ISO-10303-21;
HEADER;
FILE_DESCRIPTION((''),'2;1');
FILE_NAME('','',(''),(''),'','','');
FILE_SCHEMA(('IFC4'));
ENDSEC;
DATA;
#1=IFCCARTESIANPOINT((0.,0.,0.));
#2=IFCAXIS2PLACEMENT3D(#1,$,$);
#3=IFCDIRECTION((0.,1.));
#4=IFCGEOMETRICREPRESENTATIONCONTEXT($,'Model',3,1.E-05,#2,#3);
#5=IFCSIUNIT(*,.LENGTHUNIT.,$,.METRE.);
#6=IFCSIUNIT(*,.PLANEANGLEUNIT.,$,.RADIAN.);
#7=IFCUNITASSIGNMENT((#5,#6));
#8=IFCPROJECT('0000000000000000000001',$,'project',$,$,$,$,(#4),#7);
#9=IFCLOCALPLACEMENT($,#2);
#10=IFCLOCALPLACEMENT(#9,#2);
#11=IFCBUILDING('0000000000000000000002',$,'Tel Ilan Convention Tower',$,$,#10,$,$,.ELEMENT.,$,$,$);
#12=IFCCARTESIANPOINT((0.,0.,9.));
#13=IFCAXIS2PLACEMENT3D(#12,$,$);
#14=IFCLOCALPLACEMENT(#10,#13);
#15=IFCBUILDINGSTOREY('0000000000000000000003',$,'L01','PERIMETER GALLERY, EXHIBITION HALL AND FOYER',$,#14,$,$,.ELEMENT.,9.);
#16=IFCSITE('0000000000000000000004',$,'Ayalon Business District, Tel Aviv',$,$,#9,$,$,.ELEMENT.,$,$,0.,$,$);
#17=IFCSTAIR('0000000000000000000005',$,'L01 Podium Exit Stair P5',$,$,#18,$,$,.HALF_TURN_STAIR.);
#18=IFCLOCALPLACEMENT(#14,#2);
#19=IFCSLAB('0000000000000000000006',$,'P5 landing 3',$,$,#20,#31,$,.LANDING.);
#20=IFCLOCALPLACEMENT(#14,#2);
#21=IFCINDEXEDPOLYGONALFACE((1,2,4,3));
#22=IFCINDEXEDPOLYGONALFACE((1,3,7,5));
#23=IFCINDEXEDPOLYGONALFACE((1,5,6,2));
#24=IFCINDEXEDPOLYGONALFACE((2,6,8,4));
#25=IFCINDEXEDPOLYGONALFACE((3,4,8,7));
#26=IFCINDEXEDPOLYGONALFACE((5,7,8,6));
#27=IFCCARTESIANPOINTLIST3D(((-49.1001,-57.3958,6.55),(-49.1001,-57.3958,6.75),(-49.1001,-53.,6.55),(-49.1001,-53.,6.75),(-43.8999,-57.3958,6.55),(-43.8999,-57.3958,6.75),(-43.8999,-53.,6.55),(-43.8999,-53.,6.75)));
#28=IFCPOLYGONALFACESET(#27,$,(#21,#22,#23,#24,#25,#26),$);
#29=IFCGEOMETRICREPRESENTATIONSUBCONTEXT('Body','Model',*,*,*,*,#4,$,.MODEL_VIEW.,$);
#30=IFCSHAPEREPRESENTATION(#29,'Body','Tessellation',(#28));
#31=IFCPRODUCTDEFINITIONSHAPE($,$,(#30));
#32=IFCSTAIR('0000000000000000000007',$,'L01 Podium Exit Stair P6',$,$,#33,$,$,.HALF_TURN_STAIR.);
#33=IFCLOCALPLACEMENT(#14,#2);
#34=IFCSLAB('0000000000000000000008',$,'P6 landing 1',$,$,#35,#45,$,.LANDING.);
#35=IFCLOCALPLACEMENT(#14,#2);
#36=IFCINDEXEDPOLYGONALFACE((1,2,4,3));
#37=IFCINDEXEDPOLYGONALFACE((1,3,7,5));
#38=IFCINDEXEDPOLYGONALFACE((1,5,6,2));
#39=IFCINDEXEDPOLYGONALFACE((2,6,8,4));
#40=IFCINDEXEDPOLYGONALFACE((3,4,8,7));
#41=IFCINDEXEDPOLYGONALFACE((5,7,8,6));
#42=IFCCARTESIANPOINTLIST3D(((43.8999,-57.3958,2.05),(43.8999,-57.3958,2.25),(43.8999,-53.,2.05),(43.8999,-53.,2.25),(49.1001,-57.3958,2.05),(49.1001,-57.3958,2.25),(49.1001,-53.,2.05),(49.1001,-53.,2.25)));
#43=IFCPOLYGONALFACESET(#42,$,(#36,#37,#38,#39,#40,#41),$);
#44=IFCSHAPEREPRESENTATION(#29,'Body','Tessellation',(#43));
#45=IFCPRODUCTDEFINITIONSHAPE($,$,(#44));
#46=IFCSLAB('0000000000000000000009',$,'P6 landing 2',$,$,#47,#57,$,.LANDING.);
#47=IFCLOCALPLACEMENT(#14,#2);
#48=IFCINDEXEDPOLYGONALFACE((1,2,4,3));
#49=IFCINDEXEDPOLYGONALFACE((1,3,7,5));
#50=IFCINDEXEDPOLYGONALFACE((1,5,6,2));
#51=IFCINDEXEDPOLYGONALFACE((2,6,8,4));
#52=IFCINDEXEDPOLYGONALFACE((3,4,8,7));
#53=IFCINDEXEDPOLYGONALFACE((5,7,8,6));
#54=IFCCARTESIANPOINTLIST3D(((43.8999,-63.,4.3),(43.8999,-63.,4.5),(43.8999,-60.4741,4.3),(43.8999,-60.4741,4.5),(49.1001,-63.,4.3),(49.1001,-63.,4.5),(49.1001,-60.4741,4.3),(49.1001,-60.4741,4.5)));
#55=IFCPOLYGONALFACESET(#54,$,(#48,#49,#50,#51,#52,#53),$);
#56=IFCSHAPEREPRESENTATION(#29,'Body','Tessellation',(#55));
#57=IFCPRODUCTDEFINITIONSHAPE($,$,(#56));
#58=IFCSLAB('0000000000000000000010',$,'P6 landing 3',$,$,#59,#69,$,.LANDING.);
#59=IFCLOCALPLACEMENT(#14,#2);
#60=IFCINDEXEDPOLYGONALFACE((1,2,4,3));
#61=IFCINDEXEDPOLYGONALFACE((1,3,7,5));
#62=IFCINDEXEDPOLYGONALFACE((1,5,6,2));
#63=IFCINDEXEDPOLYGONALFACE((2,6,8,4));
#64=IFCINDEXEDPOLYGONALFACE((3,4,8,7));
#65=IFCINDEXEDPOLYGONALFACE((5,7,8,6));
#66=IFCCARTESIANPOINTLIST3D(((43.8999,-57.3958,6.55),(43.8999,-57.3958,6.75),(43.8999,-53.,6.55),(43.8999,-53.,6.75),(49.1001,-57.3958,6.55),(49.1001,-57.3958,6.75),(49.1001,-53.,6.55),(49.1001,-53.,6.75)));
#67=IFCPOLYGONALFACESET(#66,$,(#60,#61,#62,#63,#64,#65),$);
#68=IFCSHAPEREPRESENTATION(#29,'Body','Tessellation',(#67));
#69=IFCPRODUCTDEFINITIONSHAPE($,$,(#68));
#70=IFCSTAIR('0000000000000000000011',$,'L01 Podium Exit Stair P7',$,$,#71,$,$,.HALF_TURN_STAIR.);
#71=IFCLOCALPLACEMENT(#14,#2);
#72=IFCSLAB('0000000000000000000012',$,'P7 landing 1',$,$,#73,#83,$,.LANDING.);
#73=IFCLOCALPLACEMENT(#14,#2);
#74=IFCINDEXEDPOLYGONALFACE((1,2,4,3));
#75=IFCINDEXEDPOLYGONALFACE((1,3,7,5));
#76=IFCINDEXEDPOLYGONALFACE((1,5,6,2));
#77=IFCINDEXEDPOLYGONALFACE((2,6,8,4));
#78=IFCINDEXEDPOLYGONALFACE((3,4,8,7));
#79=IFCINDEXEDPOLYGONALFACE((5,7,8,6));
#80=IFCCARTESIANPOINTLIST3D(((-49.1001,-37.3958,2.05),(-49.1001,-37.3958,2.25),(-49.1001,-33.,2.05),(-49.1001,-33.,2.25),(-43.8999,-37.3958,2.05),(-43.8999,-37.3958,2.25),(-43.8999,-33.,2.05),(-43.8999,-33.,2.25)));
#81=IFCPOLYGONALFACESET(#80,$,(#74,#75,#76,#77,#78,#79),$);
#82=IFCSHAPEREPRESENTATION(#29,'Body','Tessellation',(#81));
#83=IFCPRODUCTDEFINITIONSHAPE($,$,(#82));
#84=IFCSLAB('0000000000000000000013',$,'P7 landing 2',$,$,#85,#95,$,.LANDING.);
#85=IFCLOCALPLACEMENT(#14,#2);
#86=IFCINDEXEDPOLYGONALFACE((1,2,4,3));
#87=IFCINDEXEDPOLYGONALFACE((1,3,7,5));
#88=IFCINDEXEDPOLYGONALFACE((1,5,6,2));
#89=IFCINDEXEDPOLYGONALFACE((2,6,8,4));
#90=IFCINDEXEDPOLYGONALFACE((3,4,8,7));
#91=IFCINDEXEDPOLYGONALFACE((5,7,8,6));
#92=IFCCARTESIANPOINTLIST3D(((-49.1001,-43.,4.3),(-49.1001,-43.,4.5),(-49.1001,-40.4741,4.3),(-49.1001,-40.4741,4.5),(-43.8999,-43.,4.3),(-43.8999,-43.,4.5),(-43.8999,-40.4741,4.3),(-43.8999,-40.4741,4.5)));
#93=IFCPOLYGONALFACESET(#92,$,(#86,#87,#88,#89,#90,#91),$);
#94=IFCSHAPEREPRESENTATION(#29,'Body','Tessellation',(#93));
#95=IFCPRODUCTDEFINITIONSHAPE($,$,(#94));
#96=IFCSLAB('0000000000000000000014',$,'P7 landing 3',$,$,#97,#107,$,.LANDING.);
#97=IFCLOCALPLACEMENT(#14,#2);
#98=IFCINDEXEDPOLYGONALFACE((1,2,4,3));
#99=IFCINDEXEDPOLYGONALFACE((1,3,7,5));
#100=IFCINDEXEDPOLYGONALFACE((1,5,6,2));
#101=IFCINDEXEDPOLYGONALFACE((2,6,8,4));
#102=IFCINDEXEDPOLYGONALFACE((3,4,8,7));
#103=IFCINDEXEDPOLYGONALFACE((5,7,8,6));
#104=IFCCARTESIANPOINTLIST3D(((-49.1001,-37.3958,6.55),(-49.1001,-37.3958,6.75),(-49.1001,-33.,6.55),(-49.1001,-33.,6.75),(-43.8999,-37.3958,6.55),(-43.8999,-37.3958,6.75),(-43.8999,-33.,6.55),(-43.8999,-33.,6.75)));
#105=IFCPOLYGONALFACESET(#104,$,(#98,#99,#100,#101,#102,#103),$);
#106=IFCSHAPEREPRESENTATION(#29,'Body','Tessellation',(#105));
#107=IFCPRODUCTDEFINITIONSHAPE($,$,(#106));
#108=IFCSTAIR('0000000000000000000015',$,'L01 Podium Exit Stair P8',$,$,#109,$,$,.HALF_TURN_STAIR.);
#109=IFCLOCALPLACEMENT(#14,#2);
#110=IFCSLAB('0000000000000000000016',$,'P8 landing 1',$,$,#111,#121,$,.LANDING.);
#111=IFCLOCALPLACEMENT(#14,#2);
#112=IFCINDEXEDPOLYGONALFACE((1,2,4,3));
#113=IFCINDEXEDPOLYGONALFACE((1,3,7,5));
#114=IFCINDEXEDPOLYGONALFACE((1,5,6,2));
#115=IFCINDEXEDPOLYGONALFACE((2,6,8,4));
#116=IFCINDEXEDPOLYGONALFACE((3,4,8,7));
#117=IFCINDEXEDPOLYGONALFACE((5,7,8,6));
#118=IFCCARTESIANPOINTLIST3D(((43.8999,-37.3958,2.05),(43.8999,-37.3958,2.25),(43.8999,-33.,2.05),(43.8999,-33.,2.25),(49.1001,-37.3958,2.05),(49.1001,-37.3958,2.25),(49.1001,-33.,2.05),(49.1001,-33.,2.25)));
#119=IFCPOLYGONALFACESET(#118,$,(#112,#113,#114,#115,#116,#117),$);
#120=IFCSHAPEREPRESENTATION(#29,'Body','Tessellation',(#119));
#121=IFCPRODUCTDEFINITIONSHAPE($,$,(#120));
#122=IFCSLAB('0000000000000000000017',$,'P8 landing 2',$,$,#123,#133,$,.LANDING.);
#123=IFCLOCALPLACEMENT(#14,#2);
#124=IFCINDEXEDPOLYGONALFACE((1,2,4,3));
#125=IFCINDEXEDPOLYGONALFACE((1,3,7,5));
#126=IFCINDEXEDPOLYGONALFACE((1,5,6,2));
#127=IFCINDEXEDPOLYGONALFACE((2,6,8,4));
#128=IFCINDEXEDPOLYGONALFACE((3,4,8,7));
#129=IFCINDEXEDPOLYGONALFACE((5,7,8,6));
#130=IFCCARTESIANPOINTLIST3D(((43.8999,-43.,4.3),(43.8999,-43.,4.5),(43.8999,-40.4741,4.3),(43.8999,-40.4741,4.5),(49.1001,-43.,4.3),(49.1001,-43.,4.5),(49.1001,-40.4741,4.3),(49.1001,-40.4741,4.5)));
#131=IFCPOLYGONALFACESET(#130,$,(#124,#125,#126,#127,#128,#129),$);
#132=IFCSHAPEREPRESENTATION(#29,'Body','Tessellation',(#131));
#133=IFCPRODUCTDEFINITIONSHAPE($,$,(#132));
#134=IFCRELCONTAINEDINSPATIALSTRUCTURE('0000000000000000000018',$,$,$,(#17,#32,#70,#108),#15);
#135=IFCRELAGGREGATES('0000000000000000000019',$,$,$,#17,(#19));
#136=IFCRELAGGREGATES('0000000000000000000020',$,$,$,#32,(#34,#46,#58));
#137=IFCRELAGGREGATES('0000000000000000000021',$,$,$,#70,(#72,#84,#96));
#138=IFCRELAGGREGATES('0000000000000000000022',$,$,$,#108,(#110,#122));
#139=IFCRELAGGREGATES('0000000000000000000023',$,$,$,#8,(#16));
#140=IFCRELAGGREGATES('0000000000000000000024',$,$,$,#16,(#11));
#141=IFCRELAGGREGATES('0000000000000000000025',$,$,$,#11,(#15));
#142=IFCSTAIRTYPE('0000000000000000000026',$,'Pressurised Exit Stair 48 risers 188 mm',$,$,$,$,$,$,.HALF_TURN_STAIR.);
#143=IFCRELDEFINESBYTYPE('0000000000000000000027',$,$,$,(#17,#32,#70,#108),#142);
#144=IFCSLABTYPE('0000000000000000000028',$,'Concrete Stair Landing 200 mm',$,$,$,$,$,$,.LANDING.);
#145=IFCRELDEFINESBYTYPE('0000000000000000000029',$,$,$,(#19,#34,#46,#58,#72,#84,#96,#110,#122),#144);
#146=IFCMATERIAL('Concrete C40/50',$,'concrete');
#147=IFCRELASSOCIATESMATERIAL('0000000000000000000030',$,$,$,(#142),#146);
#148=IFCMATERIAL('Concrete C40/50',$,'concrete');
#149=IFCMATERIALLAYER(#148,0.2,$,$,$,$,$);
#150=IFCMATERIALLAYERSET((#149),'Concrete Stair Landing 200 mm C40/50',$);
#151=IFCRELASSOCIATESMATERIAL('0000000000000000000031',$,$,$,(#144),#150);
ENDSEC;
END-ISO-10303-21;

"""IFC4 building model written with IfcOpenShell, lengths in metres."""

from ifc_helpers import new_model, si_unit, direction, frame, origin, place, context, subcontext, project, spatial, polyline, outline, extrude, material, layer, layer_set, type_object, element, aggregate, save


model = new_model("IFC4")

# Units and contexts
model_context = context("Model", 3, precision=1e-05, world=origin(), true_north=direction((0.0, 1.0)))
body_context = subcontext(model_context, "Body", "Model", "MODEL_VIEW")
ifc_project = project(units=[si_unit("LENGTHUNIT", "METRE"), si_unit("PLANEANGLEUNIT", "RADIAN")], contexts=[model_context])

# Site, building, storey
site_placement = place(None, origin())
site = spatial("IfcSite", under=ifc_project, at=site_placement, Name="Ayalon Business District, Tel Aviv", CompositionType="ELEMENT", RefElevation=0.0)
building_placement = place(site_placement, origin())
building = spatial("IfcBuilding", under=site, at=building_placement, Name="Tel Ilan Convention Tower", CompositionType="ELEMENT")
storey_placement = place(building_placement, frame((0.0, 0.0, 9.0)))
storey = spatial("IfcBuildingStorey", under=building, at=storey_placement, Name="L01", Description="PERIMETER GALLERY, EXHIBITION HALL AND FOYER", CompositionType="ELEMENT", Elevation=9.0)

# Stair, slab
ifc_material_1 = material(Name="Concrete C40/50", Category="concrete")
stair_type = type_object("IfcStairType", Name="Pressurised Exit Stair 48 risers 188 mm", PredefinedType="HALF_TURN_STAIR", material=ifc_material_1)
stair_1_placement = place(storey_placement, origin())
stair_1 = element("IfcStair", 1, at=stair_1_placement, inside=storey, type_object=stair_type, Name="L01 Podium Exit Stair P5", PredefinedType="HALF_TURN_STAIR")
ifc_material_2 = material(Name="Concrete C40/50", Category="concrete")
ifc_layer = layer(ifc_material_2, 0.2)
ifc_layer_set = layer_set([ifc_layer], Name="Concrete Stair Landing 200 mm C40/50")
slab_type = type_object("IfcSlabType", Name="Concrete Stair Landing 200 mm", PredefinedType="LANDING", material=ifc_layer_set)
slab_1_placement = place(storey_placement, frame((0.0, 0.0, 6.55)))
slab_1 = element("IfcSlab", 2, at=slab_1_placement, type_object=slab_type, Name="P5 landing 3", PredefinedType="LANDING", context=body_context, shape_type="SweptSolid", body=[
    extrude(outline(polyline([(-43.8999, -57.3958), (-43.8999, -53.0), (-49.1001, -53.0), (-49.1001, -57.3958), (-43.8999, -57.3958)])), origin(), (0.0, 0.0, 1.0), 0.2),
])
aggregate(stair_1, [slab_1])

# Stairs, slabs
stair_2_placement = place(storey_placement, origin())
stair_2 = element("IfcStair", 3, at=stair_2_placement, inside=storey, type_object=stair_type, Name="L01 Podium Exit Stair P6", PredefinedType="HALF_TURN_STAIR")
slab_2_placement = place(storey_placement, frame((0.0, 0.0, 2.05)))
slab_2 = element("IfcSlab", 4, at=slab_2_placement, type_object=slab_type, Name="P6 landing 1", PredefinedType="LANDING", context=body_context, shape_type="SweptSolid", body=[
    extrude(outline(polyline([(49.1001, -57.3958), (49.1001, -53.0), (43.8999, -53.0), (43.8999, -57.3958), (49.1001, -57.3958)])), origin(), (0.0, 0.0, 1.0), 0.2),
])
slab_3_placement = place(storey_placement, frame((0.0, 0.0, 4.3)))
slab_3 = element("IfcSlab", 5, at=slab_3_placement, type_object=slab_type, Name="P6 landing 2", PredefinedType="LANDING", context=body_context, shape_type="SweptSolid", body=[
    extrude(outline(polyline([(49.1001, -63.0), (49.1001, -60.4741), (43.8999, -60.4741), (43.8999, -63.0), (49.1001, -63.0)])), origin(), (0.0, 0.0, 1.0), 0.2),
])
slab_4_placement = place(storey_placement, frame((0.0, 0.0, 6.55)))
slab_4 = element("IfcSlab", 6, at=slab_4_placement, type_object=slab_type, Name="P6 landing 3", PredefinedType="LANDING", context=body_context, shape_type="SweptSolid", body=[
    extrude(outline(polyline([(49.1001, -57.3958), (49.1001, -53.0), (43.8999, -53.0), (43.8999, -57.3958), (49.1001, -57.3958)])), origin(), (0.0, 0.0, 1.0), 0.2),
])
aggregate(stair_2, [slab_2, slab_3, slab_4])
stair_3_placement = place(storey_placement, origin())
stair_3 = element("IfcStair", 7, at=stair_3_placement, inside=storey, type_object=stair_type, Name="L01 Podium Exit Stair P7", PredefinedType="HALF_TURN_STAIR")
slab_5_placement = place(storey_placement, frame((0.0, 0.0, 2.05)))
slab_5 = element("IfcSlab", 8, at=slab_5_placement, type_object=slab_type, Name="P7 landing 1", PredefinedType="LANDING", context=body_context, shape_type="SweptSolid", body=[
    extrude(outline(polyline([(-43.8999, -37.3958), (-43.8999, -33.0), (-49.1001, -33.0), (-49.1001, -37.3958), (-43.8999, -37.3958)])), origin(), (0.0, 0.0, 1.0), 0.2),
])
slab_6_placement = place(storey_placement, frame((0.0, 0.0, 4.3)))
slab_6 = element("IfcSlab", 9, at=slab_6_placement, type_object=slab_type, Name="P7 landing 2", PredefinedType="LANDING", context=body_context, shape_type="SweptSolid", body=[
    extrude(outline(polyline([(-43.8999, -43.0), (-43.8999, -40.4741), (-49.1001, -40.4741), (-49.1001, -43.0), (-43.8999, -43.0)])), origin(), (0.0, 0.0, 1.0), 0.2),
])
slab_7_placement = place(storey_placement, frame((0.0, 0.0, 6.55)))
slab_7 = element("IfcSlab", 10, at=slab_7_placement, type_object=slab_type, Name="P7 landing 3", PredefinedType="LANDING", context=body_context, shape_type="SweptSolid", body=[
    extrude(outline(polyline([(-43.8999, -37.3958), (-43.8999, -33.0), (-49.1001, -33.0), (-49.1001, -37.3958), (-43.8999, -37.3958)])), origin(), (0.0, 0.0, 1.0), 0.2),
])
aggregate(stair_3, [slab_5, slab_6, slab_7])
stair_4_placement = place(storey_placement, origin())
stair_4 = element("IfcStair", 11, at=stair_4_placement, inside=storey, type_object=stair_type, Name="L01 Podium Exit Stair P8", PredefinedType="HALF_TURN_STAIR")
slab_8_placement = place(storey_placement, frame((0.0, 0.0, 2.05)))
slab_8 = element("IfcSlab", 12, at=slab_8_placement, type_object=slab_type, Name="P8 landing 1", PredefinedType="LANDING", context=body_context, shape_type="SweptSolid", body=[
    extrude(outline(polyline([(49.1001, -37.3958), (49.1001, -33.0), (43.8999, -33.0), (43.8999, -37.3958), (49.1001, -37.3958)])), origin(), (0.0, 0.0, 1.0), 0.2),
])
slab_9_placement = place(storey_placement, frame((0.0, 0.0, 4.3)))
slab_9 = element("IfcSlab", 13, at=slab_9_placement, type_object=slab_type, Name="P8 landing 2", PredefinedType="LANDING", context=body_context, shape_type="SweptSolid", body=[
    extrude(outline(polyline([(49.1001, -43.0), (49.1001, -40.4741), (43.8999, -40.4741), (43.8999, -43.0), (49.1001, -43.0)])), origin(), (0.0, 0.0, 1.0), 0.2),
])
aggregate(stair_4, [slab_8, slab_9])

save(model, "model.ifc")
